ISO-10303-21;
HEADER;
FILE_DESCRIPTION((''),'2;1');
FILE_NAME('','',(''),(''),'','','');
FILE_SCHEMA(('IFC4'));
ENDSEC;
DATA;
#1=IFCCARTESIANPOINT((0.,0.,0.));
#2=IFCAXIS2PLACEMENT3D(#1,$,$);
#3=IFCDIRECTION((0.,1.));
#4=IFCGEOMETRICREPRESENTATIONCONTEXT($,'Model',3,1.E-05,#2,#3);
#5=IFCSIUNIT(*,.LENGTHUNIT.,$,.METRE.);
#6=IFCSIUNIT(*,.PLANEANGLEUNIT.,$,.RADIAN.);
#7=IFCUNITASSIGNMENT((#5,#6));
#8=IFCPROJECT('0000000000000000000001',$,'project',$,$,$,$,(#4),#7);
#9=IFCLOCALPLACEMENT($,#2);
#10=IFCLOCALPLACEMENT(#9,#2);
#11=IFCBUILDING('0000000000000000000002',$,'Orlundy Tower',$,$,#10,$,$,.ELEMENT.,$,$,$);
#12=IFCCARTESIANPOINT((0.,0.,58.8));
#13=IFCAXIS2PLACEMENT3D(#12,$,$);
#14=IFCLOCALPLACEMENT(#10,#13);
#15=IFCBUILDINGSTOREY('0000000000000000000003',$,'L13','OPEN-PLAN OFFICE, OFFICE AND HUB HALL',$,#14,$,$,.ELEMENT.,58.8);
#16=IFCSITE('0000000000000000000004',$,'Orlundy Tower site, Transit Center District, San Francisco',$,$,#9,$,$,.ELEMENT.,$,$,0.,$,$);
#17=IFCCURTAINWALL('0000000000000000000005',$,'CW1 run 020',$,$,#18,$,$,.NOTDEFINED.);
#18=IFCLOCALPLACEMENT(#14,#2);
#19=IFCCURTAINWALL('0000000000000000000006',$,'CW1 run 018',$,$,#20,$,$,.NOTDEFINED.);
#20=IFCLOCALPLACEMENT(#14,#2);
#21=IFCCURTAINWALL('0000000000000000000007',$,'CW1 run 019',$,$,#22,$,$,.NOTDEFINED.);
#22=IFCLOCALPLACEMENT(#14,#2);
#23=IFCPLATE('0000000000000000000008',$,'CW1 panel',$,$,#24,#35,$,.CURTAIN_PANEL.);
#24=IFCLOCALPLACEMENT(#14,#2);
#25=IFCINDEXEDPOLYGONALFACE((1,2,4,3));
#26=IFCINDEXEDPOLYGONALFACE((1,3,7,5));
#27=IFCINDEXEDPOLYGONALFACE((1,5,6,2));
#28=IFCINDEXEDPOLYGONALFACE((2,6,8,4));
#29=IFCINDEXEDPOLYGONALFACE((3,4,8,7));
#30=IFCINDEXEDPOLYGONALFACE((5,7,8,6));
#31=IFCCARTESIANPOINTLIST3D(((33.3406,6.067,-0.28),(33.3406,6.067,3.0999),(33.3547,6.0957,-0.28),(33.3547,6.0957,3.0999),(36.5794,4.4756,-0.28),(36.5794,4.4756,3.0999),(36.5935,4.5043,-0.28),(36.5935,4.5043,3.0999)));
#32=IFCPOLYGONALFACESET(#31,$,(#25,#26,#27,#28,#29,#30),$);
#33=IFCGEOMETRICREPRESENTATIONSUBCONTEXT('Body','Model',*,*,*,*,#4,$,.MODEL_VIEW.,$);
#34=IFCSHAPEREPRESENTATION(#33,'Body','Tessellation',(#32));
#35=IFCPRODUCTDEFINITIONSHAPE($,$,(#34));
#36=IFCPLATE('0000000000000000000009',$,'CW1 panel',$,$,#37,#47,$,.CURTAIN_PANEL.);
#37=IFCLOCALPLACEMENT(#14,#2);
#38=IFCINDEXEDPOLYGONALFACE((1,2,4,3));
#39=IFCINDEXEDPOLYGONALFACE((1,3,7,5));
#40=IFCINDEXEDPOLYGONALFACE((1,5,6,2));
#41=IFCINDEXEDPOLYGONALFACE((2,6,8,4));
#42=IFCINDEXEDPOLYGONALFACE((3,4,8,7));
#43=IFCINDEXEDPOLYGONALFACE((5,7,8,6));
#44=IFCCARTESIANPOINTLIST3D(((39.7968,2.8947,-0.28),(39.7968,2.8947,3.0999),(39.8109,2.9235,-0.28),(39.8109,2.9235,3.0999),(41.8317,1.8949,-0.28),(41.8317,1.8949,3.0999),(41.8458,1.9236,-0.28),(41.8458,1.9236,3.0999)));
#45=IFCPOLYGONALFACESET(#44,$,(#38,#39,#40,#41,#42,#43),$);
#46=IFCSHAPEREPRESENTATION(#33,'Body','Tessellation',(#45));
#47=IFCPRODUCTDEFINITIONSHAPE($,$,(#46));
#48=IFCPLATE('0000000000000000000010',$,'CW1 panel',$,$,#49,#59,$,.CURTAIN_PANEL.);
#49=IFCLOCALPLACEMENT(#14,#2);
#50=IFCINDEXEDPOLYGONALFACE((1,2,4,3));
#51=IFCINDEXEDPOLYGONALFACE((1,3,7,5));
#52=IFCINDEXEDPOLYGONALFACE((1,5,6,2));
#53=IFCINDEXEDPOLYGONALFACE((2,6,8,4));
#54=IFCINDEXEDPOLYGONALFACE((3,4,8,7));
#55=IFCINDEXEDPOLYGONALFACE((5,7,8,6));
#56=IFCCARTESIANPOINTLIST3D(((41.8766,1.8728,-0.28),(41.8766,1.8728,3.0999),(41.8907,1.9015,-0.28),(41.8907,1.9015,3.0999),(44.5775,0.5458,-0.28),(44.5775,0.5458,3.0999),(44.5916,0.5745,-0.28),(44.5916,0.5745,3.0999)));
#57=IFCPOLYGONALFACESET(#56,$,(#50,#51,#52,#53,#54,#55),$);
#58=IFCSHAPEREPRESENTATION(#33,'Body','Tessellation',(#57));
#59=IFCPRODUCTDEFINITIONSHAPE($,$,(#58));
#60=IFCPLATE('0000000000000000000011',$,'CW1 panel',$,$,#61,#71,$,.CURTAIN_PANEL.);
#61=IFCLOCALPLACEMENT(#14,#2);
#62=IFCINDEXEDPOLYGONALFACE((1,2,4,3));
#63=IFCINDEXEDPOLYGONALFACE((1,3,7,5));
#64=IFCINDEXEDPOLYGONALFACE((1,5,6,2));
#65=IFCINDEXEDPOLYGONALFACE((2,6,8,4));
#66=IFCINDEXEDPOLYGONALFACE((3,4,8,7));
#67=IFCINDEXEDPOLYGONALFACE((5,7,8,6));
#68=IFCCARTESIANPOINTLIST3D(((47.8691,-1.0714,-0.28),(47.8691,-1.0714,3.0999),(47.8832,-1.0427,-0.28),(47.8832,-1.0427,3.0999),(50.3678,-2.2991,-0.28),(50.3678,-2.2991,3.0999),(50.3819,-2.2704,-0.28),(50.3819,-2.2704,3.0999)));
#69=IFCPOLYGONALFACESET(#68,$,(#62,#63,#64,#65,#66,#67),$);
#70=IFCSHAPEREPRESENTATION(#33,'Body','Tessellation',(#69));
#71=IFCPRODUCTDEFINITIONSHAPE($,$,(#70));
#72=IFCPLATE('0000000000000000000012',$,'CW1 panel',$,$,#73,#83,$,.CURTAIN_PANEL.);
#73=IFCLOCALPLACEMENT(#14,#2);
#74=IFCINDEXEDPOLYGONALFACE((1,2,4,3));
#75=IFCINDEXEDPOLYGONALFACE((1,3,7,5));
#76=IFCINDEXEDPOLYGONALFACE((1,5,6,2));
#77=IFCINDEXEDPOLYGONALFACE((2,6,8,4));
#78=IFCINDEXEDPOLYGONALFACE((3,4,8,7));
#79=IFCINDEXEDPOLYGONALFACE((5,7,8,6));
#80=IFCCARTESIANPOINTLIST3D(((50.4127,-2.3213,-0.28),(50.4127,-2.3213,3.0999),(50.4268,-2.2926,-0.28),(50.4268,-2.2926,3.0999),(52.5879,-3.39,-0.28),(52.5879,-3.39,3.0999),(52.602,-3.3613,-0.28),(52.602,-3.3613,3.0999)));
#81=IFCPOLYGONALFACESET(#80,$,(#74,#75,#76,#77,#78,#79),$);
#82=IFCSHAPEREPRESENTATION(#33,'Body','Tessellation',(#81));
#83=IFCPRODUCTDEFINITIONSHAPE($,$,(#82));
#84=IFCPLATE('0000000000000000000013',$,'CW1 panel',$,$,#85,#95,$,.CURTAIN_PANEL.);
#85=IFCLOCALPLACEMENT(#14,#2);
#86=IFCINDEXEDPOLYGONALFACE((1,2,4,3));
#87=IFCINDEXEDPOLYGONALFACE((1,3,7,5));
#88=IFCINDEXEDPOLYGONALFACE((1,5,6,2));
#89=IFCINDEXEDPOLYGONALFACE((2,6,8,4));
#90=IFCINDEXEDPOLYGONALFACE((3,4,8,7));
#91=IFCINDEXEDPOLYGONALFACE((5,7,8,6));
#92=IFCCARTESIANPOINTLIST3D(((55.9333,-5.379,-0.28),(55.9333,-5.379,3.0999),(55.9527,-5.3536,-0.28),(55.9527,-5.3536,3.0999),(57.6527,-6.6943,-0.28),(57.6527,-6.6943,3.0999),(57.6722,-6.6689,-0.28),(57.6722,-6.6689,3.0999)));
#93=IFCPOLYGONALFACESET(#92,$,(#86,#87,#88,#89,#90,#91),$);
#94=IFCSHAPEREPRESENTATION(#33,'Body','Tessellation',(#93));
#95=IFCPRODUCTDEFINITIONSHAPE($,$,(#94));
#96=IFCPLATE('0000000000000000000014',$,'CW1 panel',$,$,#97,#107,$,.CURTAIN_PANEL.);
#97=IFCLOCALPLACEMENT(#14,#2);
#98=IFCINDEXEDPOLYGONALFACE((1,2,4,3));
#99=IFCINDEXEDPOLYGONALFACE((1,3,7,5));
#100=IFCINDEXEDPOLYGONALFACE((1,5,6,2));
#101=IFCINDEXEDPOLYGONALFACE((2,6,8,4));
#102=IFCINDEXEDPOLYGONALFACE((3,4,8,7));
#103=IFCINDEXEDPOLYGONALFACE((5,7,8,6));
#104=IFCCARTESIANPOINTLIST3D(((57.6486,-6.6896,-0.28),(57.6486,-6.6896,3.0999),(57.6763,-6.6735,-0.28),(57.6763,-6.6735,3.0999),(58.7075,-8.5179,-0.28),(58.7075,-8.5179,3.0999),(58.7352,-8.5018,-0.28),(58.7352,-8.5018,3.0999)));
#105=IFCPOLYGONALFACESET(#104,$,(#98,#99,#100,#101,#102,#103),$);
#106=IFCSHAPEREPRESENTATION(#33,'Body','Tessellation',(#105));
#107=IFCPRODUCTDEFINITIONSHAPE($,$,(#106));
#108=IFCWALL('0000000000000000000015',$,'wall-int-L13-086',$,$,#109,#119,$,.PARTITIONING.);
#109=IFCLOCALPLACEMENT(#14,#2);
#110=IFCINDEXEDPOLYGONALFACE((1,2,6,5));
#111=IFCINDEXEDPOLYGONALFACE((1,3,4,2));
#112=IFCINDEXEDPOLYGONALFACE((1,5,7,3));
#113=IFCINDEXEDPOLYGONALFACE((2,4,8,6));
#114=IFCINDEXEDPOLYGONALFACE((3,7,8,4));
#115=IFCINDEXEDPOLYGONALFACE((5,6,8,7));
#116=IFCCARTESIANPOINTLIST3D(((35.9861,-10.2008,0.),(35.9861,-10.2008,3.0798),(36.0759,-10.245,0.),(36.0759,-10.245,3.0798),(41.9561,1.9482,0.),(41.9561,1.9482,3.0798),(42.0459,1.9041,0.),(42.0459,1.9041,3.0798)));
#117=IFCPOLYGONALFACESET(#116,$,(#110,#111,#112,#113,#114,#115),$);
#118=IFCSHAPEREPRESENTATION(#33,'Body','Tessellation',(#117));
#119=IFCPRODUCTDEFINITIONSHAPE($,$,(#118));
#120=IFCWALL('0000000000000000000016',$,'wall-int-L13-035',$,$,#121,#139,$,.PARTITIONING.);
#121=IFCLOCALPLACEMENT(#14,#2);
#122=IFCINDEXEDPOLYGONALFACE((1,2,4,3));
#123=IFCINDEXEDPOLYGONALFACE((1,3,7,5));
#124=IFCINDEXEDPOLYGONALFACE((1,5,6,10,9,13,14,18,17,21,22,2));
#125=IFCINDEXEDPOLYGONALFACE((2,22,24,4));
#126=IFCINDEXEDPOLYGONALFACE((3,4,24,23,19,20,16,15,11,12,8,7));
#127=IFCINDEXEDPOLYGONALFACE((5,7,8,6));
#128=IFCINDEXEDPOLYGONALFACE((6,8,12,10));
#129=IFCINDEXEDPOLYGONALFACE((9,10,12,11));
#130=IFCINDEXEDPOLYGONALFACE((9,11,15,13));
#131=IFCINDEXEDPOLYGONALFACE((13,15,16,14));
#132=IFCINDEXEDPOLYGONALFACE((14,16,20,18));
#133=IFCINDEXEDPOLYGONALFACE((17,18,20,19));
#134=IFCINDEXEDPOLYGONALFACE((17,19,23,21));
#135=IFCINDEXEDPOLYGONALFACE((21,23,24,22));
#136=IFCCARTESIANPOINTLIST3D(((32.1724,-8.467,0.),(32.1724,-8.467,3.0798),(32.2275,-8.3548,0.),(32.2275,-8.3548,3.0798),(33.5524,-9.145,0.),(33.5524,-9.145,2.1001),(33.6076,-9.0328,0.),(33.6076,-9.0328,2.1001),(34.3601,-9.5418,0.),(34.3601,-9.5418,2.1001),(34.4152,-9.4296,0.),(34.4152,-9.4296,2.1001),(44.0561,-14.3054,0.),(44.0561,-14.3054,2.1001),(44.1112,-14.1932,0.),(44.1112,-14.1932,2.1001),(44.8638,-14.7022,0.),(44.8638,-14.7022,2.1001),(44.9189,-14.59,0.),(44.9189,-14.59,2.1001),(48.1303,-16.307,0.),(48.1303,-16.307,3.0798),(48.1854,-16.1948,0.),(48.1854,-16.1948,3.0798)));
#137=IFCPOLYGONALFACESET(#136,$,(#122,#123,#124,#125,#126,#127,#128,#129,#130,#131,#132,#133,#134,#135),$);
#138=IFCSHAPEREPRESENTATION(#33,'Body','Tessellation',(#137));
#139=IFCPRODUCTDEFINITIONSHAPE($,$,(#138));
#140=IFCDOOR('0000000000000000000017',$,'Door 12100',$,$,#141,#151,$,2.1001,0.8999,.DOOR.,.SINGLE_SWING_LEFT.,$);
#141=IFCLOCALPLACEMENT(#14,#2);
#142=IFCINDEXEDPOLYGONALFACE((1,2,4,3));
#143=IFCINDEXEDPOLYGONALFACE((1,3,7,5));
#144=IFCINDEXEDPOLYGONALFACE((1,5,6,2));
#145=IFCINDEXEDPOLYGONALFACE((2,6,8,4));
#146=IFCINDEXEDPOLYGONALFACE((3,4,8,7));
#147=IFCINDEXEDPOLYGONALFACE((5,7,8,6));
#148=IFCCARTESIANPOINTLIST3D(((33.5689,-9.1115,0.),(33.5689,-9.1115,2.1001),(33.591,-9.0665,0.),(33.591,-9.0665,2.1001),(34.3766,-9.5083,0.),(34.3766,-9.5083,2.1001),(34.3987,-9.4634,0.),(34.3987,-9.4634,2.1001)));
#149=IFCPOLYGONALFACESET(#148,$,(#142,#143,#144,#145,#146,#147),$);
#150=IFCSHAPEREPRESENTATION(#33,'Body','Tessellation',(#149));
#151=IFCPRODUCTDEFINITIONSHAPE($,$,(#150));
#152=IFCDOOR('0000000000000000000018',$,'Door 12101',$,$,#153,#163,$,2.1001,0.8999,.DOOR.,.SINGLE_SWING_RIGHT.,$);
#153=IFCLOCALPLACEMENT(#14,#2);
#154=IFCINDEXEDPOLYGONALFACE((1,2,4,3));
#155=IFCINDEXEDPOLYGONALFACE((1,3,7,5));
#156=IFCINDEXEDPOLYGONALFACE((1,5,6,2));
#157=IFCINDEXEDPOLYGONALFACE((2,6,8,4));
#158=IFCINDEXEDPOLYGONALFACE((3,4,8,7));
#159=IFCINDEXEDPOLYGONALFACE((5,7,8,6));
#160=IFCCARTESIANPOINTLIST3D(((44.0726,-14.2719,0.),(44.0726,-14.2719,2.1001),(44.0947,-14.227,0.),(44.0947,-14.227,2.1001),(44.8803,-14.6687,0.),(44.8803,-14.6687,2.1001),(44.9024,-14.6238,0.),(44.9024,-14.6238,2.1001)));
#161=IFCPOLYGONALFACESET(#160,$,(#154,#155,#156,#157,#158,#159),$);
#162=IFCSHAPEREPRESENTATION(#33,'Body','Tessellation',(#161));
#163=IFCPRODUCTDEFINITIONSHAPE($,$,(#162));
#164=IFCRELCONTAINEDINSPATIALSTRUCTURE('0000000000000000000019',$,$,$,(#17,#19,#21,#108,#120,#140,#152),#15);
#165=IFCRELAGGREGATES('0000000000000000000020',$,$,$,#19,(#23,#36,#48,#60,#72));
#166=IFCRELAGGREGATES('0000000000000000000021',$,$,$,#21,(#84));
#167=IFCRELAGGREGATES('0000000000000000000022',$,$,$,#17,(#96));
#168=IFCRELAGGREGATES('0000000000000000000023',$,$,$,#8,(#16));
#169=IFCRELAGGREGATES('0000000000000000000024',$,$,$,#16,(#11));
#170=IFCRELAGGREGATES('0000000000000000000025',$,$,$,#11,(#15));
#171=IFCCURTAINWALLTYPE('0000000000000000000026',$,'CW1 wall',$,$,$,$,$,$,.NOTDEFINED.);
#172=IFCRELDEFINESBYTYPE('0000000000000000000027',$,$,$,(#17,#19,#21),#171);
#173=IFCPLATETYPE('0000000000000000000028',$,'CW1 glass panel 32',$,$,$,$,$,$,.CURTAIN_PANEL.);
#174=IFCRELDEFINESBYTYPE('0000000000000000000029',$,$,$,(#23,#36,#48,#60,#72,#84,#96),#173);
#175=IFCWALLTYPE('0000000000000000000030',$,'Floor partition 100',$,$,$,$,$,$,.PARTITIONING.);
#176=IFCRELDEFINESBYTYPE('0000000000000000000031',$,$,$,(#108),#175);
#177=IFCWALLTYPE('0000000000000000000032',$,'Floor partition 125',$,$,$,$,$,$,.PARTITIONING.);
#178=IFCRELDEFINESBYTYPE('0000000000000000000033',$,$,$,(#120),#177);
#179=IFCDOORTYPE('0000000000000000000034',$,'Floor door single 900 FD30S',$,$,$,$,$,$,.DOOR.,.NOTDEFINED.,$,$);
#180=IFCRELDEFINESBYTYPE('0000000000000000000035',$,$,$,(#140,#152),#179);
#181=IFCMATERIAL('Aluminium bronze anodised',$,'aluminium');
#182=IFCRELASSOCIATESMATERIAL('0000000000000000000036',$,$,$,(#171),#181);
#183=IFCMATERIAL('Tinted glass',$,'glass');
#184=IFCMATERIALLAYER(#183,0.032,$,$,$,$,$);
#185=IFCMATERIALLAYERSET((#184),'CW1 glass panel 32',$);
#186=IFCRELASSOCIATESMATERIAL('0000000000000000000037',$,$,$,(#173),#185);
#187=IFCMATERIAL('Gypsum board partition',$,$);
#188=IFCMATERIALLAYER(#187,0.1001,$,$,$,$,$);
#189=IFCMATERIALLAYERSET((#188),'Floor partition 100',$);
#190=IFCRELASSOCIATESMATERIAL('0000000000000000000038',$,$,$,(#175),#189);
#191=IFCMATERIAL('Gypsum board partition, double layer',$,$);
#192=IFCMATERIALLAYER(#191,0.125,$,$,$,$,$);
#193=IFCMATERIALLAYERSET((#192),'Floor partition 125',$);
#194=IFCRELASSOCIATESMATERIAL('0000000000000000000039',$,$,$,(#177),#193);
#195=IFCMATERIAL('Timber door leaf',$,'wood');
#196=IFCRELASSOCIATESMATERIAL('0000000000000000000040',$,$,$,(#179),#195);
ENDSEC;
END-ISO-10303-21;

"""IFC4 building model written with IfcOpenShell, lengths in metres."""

from ifc_helpers import new_model, si_unit, direction, frame, frame_2d, origin, origin_2d, place, context, subcontext, project, spatial, rectangle, extrude, material, layer, layer_set, type_object, element, fill, aggregate, save


model = new_model("IFC4")

# Units and contexts
model_context = context("Model", 3, precision=1e-05, world=origin(), true_north=direction((0.0, 1.0)))
body_context = subcontext(model_context, "Body", "Model", "MODEL_VIEW")
ifc_project = project(units=[si_unit("LENGTHUNIT", "METRE"), si_unit("PLANEANGLEUNIT", "RADIAN")], contexts=[model_context])

# Site, building, storey
site_placement = place(None, origin())
site = spatial("IfcSite", under=ifc_project, at=site_placement, Name="Orlundy Tower site, Transit Center District, San Francisco", CompositionType="ELEMENT", RefElevation=0.0)
building_placement = place(site_placement, origin())
building = spatial("IfcBuilding", under=site, at=building_placement, Name="Orlundy Tower", CompositionType="ELEMENT")
storey_placement = place(building_placement, frame((0.0, 0.0, 58.8)))
storey = spatial("IfcBuildingStorey", under=building, at=storey_placement, Name="L13", Description="OPEN-PLAN OFFICE, OFFICE AND HUB HALL", CompositionType="ELEMENT", Elevation=58.8)

# Curtain wall
ifc_material_1 = material(Name="Aluminium bronze anodised", Category="aluminium")
curtain_wall_type = type_object("IfcCurtainWallType", Name="CW1 wall", PredefinedType="NOTDEFINED", material=ifc_material_1)
curtain_wall_1_placement = place(storey_placement, origin())
curtain_wall_1 = element("IfcCurtainWall", 1, at=curtain_wall_1_placement, inside=storey, type_object=curtain_wall_type, Name="CW1 run 020", PredefinedType="NOTDEFINED")

# Curtain wall
curtain_wall_2_placement = place(storey_placement, origin())
curtain_wall_2 = element("IfcCurtainWall", 2, at=curtain_wall_2_placement, inside=storey, type_object=curtain_wall_type, Name="CW1 run 018", PredefinedType="NOTDEFINED")

# Curtain wall
curtain_wall_3_placement = place(storey_placement, origin())
curtain_wall_3 = element("IfcCurtainWall", 3, at=curtain_wall_3_placement, inside=storey, type_object=curtain_wall_type, Name="CW1 run 019", PredefinedType="NOTDEFINED")

# Plates
ifc_material_2 = material(Name="Tinted glass", Category="glass")
ifc_layer_1 = layer(ifc_material_2, 0.032)
ifc_layer_set_1 = layer_set([ifc_layer_1], Name="CW1 glass panel 32")
plate_type = type_object("IfcPlateType", Name="CW1 glass panel 32", PredefinedType="CURTAIN_PANEL", material=ifc_layer_set_1)
plate_1_placement = place(storey_placement, frame((34.967, 5.2856, -0.28), z_axis=(0.0, 0.0, 1.0), x_axis=(0.897518, -0.440978, 0.0)))
plate_1 = element("IfcPlate", 4, at=plate_1_placement, type_object=plate_type, Name="CW1 panel", PredefinedType="CURTAIN_PANEL", context=body_context, shape_type="SweptSolid", body=[
    extrude(rectangle(XDim=3.6086, YDim=0.032, at=origin_2d()), origin(), (0.0, 0.0, 1.0), 3.3799),
])
plate_2_placement = place(storey_placement, frame((40.8213, 2.4092, -0.28), z_axis=(0.0, 0.0, 1.0), x_axis=(0.897518, -0.440978, 0.0)))
plate_2 = element("IfcPlate", 5, at=plate_2_placement, type_object=plate_type, Name="CW1 panel", PredefinedType="CURTAIN_PANEL", context=body_context, shape_type="SweptSolid", body=[
    extrude(rectangle(XDim=2.2673, YDim=0.032, at=origin_2d()), origin(), (0.0, 0.0, 1.0), 3.3799),
])
plate_3_placement = place(storey_placement, frame((43.2341, 1.2236, -0.28), z_axis=(0.0, 0.0, 1.0), x_axis=(0.897518, -0.440978, 0.0)))
plate_3 = element("IfcPlate", 6, at=plate_3_placement, type_object=plate_type, Name="CW1 panel", PredefinedType="CURTAIN_PANEL", context=body_context, shape_type="SweptSolid", body=[
    extrude(rectangle(XDim=3.0093, YDim=0.032, at=origin_2d()), origin(), (0.0, 0.0, 1.0), 3.3799),
])
plate_4_placement = place(storey_placement, frame((49.1255, -1.6709, -0.28), z_axis=(0.0, 0.0, 1.0), x_axis=(0.897518, -0.440978, 0.0)))
plate_4 = element("IfcPlate", 7, at=plate_4_placement, type_object=plate_type, Name="CW1 panel", PredefinedType="CURTAIN_PANEL", context=body_context, shape_type="SweptSolid", body=[
    extrude(rectangle(XDim=2.7839, YDim=0.032, at=origin_2d()), origin(), (0.0, 0.0, 1.0), 3.3799),
])
plate_5_placement = place(storey_placement, frame((51.5073, -2.8413, -0.28), z_axis=(0.0, 0.0, 1.0), x_axis=(0.897518, -0.440978, 0.0)))
plate_5 = element("IfcPlate", 8, at=plate_5_placement, type_object=plate_type, Name="CW1 panel", PredefinedType="CURTAIN_PANEL", context=body_context, shape_type="SweptSolid", body=[
    extrude(rectangle(XDim=2.4236, YDim=0.032, at=origin_2d()), origin(), (0.0, 0.0, 1.0), 3.3799),
])
aggregate(curtain_wall_2, [plate_1, plate_2, plate_3, plate_4, plate_5])
plate_6_placement = place(storey_placement, frame((56.8027, -6.0239, -0.28), z_axis=(0.0, 0.0, 1.0), x_axis=(0.794266, -0.60757, 0.0)))
plate_6 = element("IfcPlate", 9, at=plate_6_placement, type_object=plate_type, Name="CW1 panel", PredefinedType="CURTAIN_PANEL", context=body_context, shape_type="SweptSolid", body=[
    extrude(rectangle(XDim=2.1648, YDim=0.032, at=origin_2d()), origin(), (0.0, 0.0, 1.0), 3.3799),
])
aggregate(curtain_wall_3, [plate_6])
plate_7_placement = place(storey_placement, frame((58.1919, -7.5957, -0.28), z_axis=(0.0, 0.0, 1.0), x_axis=(0.501185, -0.86534, 0.0)))
plate_7 = element("IfcPlate", 10, at=plate_7_placement, type_object=plate_type, Name="CW1 panel", PredefinedType="CURTAIN_PANEL", context=body_context, shape_type="SweptSolid", body=[
    extrude(rectangle(XDim=2.1128, YDim=0.032, at=origin_2d()), origin(), (0.0, 0.0, 1.0), 3.3799),
])
aggregate(curtain_wall_1, [plate_7])

# Wall
ifc_material_3 = material(Name="Gypsum board partition")
ifc_layer_2 = layer(ifc_material_3, 0.1001)
ifc_layer_set_2 = layer_set([ifc_layer_2], Name="Floor partition 100")
wall_type_1 = type_object("IfcWallType", Name="Floor partition 100", PredefinedType="PARTITIONING", material=ifc_layer_set_2)
wall_1_placement = place(storey_placement, frame((36.031, -10.2229, 0.0), z_axis=(0.0, 0.0, 1.0), x_axis=(0.441028, 0.897494, 0.0)))
element("IfcWall", 11, at=wall_1_placement, inside=storey, type_object=wall_type_1, Name="wall-int-L13-086", PredefinedType="PARTITIONING", context=body_context, shape_type="SweptSolid", body=[
    extrude(rectangle(XDim=13.5366, YDim=0.1001, at=frame_2d((6.7683, 0.0))), origin(), (0.0, 0.0, 1.0), 3.0798),
])

# Wall, openings, doors
ifc_material_4 = material(Name="Gypsum board partition, double layer")
ifc_layer_3 = layer(ifc_material_4, 0.125)
ifc_layer_set_3 = layer_set([ifc_layer_3], Name="Floor partition 125")
wall_type_2 = type_object("IfcWallType", Name="Floor partition 125", PredefinedType="PARTITIONING", material=ifc_layer_set_3)
wall_2_placement = place(storey_placement, frame((32.2, -8.4109, 0.0), z_axis=(0.0, 0.0, 1.0), x_axis=(0.897531, -0.440952, 0.0)))
wall_2 = element("IfcWall", 12, at=wall_2_placement, inside=storey, type_object=wall_type_2, Name="wall-int-L13-035", PredefinedType="PARTITIONING", context=body_context, shape_type="SweptSolid", body=[
    extrude(rectangle(XDim=17.7798, YDim=0.125, at=frame_2d((8.8899, 0.0))), origin(), (0.0, 0.0, 1.0), 3.0798),
])
opening_1_placement = place(wall_2_placement, frame((1.5376, 0.0, 0.0)))
opening_1 = element("IfcOpeningElement", 13, at=opening_1_placement, cuts=wall_2, PredefinedType="OPENING", context=body_context, shape_type="SweptSolid", body=[
    extrude(rectangle(XDim=0.8999, YDim=2.1001, at=frame_2d((0.45, 1.05))), frame((0.0, 0.0725, 0.0), z_axis=(0.0, -1.0, 0.0), x_axis=(1.0, 0.0, 0.0)), (0.0, 0.0, 1.0), 0.145),
])
opening_2_placement = place(wall_2_placement, frame((13.2405, 0.0, 0.0)))
opening_2 = element("IfcOpeningElement", 14, at=opening_2_placement, cuts=wall_2, PredefinedType="OPENING", context=body_context, shape_type="SweptSolid", body=[
    extrude(rectangle(XDim=0.8999, YDim=2.1001, at=frame_2d((0.45, 1.05))), frame((0.0, 0.0725, 0.0), z_axis=(0.0, -1.0, 0.0), x_axis=(1.0, 0.0, 0.0)), (0.0, 0.0, 1.0), 0.145),
])
ifc_material_5 = material(Name="Timber door leaf", Category="wood")
door_type = type_object("IfcDoorType", Name="Floor door single 900 FD30S", OperationType="NOTDEFINED", PredefinedType="DOOR", material=ifc_material_5)
door_1_placement = place(opening_1_placement, origin())
door_1 = element("IfcDoor", 15, at=door_1_placement, inside=storey, type_object=door_type, Name="Door 12100", OperationType="SINGLE_SWING_LEFT", OverallHeight=2.1001, OverallWidth=0.8999, PredefinedType="DOOR", context=body_context, shape_type="SweptSolid", body=[
    extrude(rectangle(XDim=0.8999, YDim=2.1001, at=frame_2d((0.45, 1.05))), frame((0.0, 0.0249, 0.0), z_axis=(0.0, -1.0, 0.0), x_axis=(1.0, 0.0, 0.0)), (0.0, 0.0, 1.0), 0.05),
])
fill(opening_1, door_1)
door_2_placement = place(opening_2_placement, origin())
door_2 = element("IfcDoor", 16, at=door_2_placement, inside=storey, type_object=door_type, Name="Door 12101", OperationType="SINGLE_SWING_RIGHT", OverallHeight=2.1001, OverallWidth=0.8999, PredefinedType="DOOR", context=body_context, shape_type="SweptSolid", body=[
    extrude(rectangle(XDim=0.8999, YDim=2.1001, at=frame_2d((0.45, 1.05))), frame((0.0, 0.0249, 0.0), z_axis=(0.0, -1.0, 0.0), x_axis=(1.0, 0.0, 0.0)), (0.0, 0.0, 1.0), 0.05),
])
fill(opening_2, door_2)

save(model, "model.ifc")
